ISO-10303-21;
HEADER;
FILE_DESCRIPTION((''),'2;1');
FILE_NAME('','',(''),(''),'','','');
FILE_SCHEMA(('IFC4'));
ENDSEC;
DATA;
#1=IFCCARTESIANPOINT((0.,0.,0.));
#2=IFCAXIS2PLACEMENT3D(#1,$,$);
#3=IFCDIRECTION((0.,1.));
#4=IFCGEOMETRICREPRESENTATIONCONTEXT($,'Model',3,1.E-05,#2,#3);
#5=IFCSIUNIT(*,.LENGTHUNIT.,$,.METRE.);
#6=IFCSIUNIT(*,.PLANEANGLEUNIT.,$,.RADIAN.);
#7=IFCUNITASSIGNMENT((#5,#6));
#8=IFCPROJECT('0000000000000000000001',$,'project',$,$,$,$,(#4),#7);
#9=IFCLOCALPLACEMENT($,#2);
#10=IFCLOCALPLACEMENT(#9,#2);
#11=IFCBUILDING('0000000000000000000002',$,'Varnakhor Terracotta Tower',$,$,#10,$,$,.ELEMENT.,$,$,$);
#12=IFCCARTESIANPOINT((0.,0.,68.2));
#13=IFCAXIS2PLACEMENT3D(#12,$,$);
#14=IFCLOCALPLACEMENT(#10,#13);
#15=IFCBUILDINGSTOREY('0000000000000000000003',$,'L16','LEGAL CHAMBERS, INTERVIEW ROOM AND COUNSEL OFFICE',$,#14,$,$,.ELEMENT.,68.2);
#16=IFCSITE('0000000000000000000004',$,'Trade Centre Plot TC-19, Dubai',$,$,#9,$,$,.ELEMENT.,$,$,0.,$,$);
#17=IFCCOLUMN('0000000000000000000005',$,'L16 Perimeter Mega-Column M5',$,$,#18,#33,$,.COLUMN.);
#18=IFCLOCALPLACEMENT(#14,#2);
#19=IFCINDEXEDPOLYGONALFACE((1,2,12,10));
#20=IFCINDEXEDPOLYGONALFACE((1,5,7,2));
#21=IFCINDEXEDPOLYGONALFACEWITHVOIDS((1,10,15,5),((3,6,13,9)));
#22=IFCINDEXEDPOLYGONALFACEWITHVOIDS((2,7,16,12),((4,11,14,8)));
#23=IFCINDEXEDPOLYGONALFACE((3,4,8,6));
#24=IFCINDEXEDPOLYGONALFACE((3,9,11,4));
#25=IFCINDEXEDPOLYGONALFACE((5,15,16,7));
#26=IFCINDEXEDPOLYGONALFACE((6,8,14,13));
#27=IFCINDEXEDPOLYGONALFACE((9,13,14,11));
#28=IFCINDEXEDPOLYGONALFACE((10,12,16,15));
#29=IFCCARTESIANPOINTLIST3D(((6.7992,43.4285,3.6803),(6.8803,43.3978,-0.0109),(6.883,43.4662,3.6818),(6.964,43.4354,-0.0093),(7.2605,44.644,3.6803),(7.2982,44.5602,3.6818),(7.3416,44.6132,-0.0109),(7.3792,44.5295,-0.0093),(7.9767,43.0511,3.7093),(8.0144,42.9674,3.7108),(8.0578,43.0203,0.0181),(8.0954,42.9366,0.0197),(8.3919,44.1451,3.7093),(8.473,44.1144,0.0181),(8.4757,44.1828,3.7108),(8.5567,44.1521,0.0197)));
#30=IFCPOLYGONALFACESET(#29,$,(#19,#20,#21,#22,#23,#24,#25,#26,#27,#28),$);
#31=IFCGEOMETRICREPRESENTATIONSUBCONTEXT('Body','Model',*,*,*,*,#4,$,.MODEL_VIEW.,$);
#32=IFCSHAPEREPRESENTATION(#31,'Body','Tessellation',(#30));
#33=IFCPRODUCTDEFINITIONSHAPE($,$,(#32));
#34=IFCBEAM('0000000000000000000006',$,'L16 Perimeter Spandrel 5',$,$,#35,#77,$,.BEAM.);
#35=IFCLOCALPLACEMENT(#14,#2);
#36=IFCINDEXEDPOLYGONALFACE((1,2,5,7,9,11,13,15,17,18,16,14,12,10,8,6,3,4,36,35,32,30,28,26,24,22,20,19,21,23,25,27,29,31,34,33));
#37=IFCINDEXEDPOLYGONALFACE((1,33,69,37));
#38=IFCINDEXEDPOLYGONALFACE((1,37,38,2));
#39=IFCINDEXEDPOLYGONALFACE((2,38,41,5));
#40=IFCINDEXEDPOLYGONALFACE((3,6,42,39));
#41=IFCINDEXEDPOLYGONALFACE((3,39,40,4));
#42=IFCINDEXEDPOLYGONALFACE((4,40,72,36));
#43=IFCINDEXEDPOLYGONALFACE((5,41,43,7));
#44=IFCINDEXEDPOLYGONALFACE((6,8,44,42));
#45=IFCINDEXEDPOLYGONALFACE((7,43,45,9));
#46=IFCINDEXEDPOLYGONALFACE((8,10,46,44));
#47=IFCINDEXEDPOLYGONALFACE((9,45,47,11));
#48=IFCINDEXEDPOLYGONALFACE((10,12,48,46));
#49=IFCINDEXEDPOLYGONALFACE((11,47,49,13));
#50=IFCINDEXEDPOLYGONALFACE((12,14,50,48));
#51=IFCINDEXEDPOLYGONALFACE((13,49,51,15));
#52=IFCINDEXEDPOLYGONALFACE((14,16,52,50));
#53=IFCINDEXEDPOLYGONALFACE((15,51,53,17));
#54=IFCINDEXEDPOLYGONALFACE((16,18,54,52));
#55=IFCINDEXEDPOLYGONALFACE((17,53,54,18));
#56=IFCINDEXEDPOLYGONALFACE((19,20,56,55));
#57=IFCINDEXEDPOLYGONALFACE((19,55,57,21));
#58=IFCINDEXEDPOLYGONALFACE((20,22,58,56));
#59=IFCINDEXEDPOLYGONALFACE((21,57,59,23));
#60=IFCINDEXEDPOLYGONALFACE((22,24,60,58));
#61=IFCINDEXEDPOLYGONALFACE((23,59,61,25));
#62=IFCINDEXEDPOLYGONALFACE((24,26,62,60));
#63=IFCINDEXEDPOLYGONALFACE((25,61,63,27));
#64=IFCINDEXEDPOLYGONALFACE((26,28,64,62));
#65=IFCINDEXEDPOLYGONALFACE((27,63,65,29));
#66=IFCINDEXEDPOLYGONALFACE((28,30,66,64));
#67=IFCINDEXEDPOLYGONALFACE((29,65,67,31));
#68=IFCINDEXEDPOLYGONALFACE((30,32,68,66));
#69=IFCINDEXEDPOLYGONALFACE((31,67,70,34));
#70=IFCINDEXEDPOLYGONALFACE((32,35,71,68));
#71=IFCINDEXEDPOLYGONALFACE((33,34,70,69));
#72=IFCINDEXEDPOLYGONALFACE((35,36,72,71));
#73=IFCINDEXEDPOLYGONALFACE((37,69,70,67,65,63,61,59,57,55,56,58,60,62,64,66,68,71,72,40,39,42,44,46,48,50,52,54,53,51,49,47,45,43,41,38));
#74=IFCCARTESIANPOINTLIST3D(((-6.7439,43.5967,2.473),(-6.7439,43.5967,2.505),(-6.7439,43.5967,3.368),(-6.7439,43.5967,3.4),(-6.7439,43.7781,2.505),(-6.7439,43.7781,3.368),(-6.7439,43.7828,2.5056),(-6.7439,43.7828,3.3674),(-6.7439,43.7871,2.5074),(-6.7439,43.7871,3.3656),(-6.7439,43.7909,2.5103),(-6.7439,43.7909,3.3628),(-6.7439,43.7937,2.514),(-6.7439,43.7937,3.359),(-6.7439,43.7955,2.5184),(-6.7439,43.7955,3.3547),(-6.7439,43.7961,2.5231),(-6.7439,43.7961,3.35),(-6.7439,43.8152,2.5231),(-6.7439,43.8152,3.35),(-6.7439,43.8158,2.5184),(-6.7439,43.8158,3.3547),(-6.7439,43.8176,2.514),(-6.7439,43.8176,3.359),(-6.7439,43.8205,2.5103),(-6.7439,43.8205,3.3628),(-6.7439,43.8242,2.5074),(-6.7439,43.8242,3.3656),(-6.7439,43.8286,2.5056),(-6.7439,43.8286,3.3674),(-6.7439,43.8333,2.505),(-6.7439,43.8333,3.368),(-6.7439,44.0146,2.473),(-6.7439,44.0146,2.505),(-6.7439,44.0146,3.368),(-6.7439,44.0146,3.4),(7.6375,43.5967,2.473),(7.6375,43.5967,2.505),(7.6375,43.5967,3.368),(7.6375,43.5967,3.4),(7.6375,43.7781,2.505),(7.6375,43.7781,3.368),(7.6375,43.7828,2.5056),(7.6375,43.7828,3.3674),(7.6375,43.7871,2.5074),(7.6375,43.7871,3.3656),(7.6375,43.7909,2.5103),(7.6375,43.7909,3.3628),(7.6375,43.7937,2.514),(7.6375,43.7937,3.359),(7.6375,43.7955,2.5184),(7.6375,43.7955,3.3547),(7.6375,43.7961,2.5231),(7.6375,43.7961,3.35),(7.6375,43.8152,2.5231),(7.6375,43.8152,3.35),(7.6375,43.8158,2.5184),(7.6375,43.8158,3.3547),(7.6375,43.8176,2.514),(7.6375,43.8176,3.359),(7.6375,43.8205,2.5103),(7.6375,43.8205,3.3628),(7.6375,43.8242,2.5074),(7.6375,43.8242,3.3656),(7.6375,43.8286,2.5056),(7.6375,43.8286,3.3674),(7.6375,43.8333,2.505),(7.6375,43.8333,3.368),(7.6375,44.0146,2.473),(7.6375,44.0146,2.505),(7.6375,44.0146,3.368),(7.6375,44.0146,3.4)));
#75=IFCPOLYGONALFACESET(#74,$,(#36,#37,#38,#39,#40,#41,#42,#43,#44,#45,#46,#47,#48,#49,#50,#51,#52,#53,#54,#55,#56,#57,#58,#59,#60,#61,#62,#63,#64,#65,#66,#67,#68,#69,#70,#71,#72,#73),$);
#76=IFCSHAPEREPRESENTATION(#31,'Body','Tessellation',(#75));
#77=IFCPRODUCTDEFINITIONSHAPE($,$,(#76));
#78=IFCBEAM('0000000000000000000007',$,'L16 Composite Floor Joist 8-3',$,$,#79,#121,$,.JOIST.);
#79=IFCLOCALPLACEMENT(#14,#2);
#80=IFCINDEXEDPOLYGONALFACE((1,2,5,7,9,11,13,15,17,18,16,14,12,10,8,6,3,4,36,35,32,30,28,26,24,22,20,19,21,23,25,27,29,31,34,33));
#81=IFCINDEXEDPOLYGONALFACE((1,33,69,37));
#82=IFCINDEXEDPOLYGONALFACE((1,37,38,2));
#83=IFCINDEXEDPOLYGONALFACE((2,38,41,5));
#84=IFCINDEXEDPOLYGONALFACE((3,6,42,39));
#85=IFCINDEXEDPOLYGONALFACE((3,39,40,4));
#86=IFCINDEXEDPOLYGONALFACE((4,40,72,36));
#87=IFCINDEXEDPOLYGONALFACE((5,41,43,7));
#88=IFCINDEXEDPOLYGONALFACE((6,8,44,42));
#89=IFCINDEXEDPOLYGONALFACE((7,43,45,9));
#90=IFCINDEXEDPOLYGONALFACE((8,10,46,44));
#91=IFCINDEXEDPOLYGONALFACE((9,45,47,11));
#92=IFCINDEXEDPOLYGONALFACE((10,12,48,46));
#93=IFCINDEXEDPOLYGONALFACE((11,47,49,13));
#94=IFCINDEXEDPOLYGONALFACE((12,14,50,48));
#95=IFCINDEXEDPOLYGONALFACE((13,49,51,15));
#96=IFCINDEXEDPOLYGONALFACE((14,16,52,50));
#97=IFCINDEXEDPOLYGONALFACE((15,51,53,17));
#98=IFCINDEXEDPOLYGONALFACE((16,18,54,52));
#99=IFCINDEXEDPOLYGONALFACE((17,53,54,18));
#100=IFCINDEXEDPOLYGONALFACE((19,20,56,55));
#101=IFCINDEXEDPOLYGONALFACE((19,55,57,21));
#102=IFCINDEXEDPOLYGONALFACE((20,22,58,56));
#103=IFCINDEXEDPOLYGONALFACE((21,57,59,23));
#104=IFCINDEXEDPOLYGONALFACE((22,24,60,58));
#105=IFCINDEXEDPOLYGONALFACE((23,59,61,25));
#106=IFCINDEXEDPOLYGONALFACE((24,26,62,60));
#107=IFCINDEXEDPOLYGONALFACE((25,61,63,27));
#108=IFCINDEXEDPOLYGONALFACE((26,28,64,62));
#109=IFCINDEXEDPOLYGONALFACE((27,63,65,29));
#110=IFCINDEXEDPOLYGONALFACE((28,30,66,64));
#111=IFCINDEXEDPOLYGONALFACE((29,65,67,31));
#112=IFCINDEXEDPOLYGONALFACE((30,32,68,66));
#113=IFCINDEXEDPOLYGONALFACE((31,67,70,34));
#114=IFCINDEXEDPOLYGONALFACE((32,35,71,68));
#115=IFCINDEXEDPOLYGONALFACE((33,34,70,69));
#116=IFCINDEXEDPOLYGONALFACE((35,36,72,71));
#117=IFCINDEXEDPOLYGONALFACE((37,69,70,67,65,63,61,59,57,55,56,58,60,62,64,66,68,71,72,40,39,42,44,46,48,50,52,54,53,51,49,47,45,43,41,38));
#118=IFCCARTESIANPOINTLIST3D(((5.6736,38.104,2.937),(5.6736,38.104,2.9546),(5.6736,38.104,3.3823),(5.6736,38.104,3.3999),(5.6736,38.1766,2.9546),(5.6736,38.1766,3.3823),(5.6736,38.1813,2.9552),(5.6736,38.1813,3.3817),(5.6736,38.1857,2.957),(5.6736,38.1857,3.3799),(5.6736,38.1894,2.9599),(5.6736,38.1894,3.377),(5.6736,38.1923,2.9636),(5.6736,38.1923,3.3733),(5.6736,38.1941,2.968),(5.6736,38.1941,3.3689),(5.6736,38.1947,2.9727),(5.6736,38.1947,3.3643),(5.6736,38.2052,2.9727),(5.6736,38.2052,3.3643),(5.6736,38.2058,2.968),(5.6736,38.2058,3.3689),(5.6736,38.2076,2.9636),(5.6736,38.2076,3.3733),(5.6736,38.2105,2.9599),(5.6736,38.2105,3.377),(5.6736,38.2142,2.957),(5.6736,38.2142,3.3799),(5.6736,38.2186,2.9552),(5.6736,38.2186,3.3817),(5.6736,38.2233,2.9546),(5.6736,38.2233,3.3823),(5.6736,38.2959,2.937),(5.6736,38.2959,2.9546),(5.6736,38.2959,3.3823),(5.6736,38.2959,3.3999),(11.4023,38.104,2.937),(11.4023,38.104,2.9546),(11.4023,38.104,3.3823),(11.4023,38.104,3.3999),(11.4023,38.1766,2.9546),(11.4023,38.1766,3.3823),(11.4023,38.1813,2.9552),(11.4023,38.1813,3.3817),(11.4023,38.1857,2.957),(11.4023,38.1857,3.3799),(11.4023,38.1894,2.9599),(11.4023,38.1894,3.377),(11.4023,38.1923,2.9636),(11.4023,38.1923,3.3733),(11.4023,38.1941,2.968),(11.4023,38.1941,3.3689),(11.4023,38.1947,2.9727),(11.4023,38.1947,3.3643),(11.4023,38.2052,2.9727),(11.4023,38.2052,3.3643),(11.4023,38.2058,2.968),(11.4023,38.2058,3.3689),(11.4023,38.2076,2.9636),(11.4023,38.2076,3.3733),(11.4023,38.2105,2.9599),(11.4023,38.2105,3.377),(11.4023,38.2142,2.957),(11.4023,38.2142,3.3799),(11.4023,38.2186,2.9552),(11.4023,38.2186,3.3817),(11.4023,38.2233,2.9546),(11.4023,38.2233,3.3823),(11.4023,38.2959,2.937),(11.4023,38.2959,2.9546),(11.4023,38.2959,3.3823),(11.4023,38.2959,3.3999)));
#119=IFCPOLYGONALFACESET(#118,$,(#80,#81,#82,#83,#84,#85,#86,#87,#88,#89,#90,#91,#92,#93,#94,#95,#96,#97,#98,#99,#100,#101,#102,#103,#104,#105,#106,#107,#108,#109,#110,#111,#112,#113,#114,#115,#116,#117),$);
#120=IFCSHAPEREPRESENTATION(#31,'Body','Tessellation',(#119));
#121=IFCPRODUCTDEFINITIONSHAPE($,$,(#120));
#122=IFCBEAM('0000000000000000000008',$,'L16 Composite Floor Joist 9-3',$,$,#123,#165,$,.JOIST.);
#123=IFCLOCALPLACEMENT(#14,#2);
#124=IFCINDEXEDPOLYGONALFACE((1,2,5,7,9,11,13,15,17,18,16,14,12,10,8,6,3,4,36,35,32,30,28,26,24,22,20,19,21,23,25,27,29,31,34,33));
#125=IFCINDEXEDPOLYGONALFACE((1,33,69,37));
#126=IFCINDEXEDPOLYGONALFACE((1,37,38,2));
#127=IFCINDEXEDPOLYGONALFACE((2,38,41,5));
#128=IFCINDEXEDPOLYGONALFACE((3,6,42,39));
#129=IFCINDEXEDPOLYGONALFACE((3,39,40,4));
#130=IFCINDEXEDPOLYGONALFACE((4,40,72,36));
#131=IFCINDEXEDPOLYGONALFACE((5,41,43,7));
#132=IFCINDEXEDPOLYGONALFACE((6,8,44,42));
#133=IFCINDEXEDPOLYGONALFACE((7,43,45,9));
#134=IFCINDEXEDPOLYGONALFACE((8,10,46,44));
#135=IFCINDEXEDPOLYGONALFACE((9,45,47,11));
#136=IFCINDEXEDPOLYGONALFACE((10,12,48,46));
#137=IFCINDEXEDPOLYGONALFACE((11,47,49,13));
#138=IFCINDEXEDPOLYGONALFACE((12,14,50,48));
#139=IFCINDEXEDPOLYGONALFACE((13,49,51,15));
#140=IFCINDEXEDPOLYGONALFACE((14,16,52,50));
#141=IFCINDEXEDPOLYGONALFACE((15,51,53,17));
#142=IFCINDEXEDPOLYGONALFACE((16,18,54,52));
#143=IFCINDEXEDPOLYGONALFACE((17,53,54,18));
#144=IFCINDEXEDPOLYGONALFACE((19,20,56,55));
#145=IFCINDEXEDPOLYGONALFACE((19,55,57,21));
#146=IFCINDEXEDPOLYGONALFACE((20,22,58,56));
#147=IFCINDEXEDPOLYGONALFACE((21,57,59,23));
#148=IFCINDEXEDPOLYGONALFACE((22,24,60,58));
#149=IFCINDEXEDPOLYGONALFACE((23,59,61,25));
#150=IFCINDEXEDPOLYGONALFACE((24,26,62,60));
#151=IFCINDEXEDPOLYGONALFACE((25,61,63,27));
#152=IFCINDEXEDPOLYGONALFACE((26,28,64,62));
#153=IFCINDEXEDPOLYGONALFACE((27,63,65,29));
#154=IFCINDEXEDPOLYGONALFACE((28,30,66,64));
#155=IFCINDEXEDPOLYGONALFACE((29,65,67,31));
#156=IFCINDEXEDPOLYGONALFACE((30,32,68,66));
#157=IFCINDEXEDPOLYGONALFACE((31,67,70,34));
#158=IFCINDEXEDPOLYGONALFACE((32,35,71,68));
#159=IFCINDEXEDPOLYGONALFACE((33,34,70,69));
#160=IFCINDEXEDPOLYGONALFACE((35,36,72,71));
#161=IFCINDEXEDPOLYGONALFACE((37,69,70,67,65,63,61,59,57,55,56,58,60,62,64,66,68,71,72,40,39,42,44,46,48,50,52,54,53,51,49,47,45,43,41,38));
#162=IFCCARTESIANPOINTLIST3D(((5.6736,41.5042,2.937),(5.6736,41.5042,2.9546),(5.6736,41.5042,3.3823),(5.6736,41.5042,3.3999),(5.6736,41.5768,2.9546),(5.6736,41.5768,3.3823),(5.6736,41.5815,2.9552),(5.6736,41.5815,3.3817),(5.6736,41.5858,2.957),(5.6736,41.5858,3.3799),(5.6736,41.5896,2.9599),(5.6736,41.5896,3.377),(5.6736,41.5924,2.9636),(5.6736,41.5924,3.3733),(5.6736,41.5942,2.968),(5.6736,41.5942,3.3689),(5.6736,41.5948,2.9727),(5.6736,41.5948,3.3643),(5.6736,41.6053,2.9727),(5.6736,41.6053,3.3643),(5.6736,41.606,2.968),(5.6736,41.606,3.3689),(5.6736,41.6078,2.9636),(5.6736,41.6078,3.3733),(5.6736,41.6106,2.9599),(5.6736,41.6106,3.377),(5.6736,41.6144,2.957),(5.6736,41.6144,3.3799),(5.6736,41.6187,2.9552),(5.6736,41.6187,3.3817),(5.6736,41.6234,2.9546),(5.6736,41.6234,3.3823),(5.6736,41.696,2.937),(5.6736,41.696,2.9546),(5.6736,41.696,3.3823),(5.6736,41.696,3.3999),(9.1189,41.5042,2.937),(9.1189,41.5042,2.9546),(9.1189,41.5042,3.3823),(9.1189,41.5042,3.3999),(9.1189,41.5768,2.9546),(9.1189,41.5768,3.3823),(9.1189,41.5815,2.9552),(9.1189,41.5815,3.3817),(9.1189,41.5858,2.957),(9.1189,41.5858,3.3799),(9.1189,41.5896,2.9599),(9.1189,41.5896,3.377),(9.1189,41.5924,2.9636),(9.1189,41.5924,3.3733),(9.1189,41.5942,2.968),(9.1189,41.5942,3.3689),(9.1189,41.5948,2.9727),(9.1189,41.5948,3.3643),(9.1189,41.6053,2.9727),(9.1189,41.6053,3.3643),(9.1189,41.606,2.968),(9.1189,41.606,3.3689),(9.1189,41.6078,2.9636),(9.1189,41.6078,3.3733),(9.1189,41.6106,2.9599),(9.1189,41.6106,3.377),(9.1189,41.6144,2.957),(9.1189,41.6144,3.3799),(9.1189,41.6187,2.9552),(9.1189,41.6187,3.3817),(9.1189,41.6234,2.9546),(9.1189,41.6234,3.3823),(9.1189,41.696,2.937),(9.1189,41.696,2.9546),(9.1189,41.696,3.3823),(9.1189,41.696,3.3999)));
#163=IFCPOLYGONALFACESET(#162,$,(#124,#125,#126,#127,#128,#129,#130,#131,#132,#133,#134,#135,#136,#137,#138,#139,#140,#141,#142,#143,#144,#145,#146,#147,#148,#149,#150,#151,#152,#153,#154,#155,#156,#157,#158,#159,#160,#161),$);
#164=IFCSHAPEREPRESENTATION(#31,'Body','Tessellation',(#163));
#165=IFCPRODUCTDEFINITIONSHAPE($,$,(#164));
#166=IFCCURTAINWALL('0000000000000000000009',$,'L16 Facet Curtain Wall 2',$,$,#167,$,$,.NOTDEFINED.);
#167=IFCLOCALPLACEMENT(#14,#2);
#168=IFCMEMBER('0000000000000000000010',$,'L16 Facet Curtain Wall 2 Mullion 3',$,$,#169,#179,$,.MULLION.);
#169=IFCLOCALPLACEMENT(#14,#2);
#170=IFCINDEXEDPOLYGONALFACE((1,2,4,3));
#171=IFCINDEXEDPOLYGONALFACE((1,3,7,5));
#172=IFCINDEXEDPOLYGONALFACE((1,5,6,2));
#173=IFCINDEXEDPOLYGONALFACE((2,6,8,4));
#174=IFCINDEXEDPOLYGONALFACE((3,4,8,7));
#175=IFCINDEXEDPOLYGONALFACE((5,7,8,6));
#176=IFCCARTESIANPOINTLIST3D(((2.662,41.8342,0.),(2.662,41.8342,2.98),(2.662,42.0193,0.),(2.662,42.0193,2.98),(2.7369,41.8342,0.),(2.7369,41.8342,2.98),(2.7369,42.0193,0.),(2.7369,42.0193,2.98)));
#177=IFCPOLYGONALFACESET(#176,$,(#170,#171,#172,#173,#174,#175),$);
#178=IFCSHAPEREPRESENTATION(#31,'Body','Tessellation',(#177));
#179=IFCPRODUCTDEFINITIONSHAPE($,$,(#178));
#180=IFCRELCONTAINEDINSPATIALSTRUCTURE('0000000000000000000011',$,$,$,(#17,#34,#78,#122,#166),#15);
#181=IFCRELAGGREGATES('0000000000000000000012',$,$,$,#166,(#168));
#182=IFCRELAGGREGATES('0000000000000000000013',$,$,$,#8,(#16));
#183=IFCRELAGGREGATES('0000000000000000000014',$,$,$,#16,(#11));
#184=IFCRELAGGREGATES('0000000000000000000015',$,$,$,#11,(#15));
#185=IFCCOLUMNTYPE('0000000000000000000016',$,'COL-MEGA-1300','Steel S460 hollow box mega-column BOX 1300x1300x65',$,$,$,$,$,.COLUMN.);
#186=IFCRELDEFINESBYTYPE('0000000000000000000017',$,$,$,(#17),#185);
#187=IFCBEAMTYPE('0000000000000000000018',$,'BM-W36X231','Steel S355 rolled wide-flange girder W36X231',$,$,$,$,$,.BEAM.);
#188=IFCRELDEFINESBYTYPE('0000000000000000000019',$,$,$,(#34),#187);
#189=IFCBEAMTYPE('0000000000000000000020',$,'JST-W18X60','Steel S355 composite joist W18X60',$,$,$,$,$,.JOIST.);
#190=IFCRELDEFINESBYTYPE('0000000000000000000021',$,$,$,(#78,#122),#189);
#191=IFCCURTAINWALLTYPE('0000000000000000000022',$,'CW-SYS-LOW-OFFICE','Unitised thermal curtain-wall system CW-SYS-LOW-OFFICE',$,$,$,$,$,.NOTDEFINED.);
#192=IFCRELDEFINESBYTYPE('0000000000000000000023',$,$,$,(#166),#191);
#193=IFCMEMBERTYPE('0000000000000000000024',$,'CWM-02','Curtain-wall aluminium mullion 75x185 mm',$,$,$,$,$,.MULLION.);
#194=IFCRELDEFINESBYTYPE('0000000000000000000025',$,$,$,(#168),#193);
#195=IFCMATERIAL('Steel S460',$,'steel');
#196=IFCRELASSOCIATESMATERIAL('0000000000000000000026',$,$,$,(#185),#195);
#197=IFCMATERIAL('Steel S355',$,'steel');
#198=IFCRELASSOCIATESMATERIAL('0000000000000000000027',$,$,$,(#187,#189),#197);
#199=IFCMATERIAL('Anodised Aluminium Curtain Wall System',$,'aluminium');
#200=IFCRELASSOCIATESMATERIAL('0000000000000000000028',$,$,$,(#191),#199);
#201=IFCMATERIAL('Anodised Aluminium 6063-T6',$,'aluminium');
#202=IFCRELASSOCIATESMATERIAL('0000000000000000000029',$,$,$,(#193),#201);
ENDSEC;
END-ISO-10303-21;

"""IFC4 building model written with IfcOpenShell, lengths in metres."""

from ifc_helpers import new_model, si_unit, direction, frame, origin, origin_2d, place, context, subcontext, project, spatial, rectangle, hollow_rectangle, i_section, extrude, source, transform, mapped, material, material_profile, profile_set, type_object, element, aggregate, save


model = new_model("IFC4")

# Units and contexts
model_context = context("Model", 3, precision=1e-05, world=origin(), true_north=direction((0.0, 1.0)))
body_context = subcontext(model_context, "Body", "Model", "MODEL_VIEW")
ifc_project = project(units=[si_unit("LENGTHUNIT", "METRE"), si_unit("PLANEANGLEUNIT", "RADIAN")], contexts=[model_context])

# Site, building, storey
site_placement = place(None, origin())
site = spatial("IfcSite", under=ifc_project, at=site_placement, Name="Trade Centre Plot TC-19, Dubai", CompositionType="ELEMENT", RefElevation=0.0)
building_placement = place(site_placement, origin())
building = spatial("IfcBuilding", under=site, at=building_placement, Name="Varnakhor Terracotta Tower", CompositionType="ELEMENT")
storey_placement = place(building_placement, frame((0.0, 0.0, 68.2)))
storey = spatial("IfcBuildingStorey", under=building, at=storey_placement, Name="L16", Description="LEGAL CHAMBERS, INTERVIEW ROOM AND COUNSEL OFFICE", CompositionType="ELEMENT", Elevation=68.2)

# Column
ifc_material_1 = material(Name="Steel S460", Category="steel")
ifc_material_profile_1 = material_profile(ifc_material_1, hollow_rectangle(XDim=1.3, YDim=1.3, WallThickness=0.0649, at=origin_2d()), Name="BOX 1300x1300x65")
ifc_profile_set_1 = profile_set([ifc_material_profile_1], Name="Steel S460")
column_type = type_object("IfcColumnType", Name="COL-MEGA-1300", Description="Steel S460 hollow box mega-column BOX 1300x1300x65", PredefinedType="COLUMN", material=ifc_profile_set_1)
shared_shape_1 = source(origin(), body_context, "Body", "SweptSolid", [
    extrude(hollow_rectangle(XDim=1.3, YDim=1.3, WallThickness=0.0649, at=origin_2d()), origin(), (0.0, 0.0, 1.0), 3.6921),
])
column_placement = place(storey_placement, frame((7.7185, 43.7749, 0.0044), z_axis=(-0.021953, 0.008332, 0.999724), x_axis=(-0.354824, -0.934933, 0.0)))
element("IfcColumn", 1, at=column_placement, inside=storey, type_object=column_type, Name="L16 Perimeter Mega-Column M5", PredefinedType="COLUMN", context=body_context, shape_type="MappedRepresentation", body=[
    mapped(shared_shape_1, transform((0.0, 0.0, 0.0), scale=1.0)),
])

# Beams
ifc_material_2 = material(Name="Steel S355", Category="steel")
ifc_material_profile_2 = material_profile(ifc_material_2, i_section(OverallWidth=0.418, OverallDepth=0.927, WebThickness=0.019, FlangeThickness=0.032, FilletRadius=0.0181, at=origin_2d()), Name="W36X231")
ifc_profile_set_2 = profile_set([ifc_material_profile_2], Name="Steel S355")
beam_type_1 = type_object("IfcBeamType", Name="BM-W36X231", Description="Steel S355 rolled wide-flange girder W36X231", PredefinedType="BEAM", material=ifc_profile_set_2)
shared_shape_2 = source(origin(), body_context, "Body", "SweptSolid", [
    extrude(i_section(OverallWidth=0.418, OverallDepth=0.927, WebThickness=0.019, FlangeThickness=0.032, FilletRadius=0.0181, at=origin_2d()), origin(), (0.0, 0.0, 1.0), 14.3813),
])
beam_1_placement = place(storey_placement, frame((7.6375, 43.8057, 2.9365), z_axis=(-1.0, 0.0, 0.0), x_axis=(0.0, -1.0, 0.0)))
element("IfcBeam", 2, at=beam_1_placement, inside=storey, type_object=beam_type_1, Name="L16 Perimeter Spandrel 5", PredefinedType="BEAM", context=body_context, shape_type="MappedRepresentation", body=[
    mapped(shared_shape_2, transform((0.0, 0.0, 0.0), scale=1.0)),
])
ifc_material_profile_3 = material_profile(ifc_material_2, i_section(OverallWidth=0.1919, OverallDepth=0.4629, WebThickness=0.0105, FlangeThickness=0.0176, FilletRadius=0.0181, at=origin_2d()), Name="W18X60")
ifc_profile_set_3 = profile_set([ifc_material_profile_3], Name="Steel S355")
beam_type_2 = type_object("IfcBeamType", Name="JST-W18X60", Description="Steel S355 composite joist W18X60", PredefinedType="JOIST", material=ifc_profile_set_3)
shared_shape_3 = source(origin(), body_context, "Body", "SweptSolid", [
    extrude(i_section(OverallWidth=0.1919, OverallDepth=0.4629, WebThickness=0.0105, FlangeThickness=0.0176, FilletRadius=0.0181, at=origin_2d()), origin(), (0.0, 0.0, 1.0), 5.7288),
])
beam_2_placement = place(storey_placement, frame((5.6736, 38.2, 3.1685), z_axis=(1.0, 0.0, 0.0), x_axis=(0.0, 1.0, 0.0)))
element("IfcBeam", 3, at=beam_2_placement, inside=storey, type_object=beam_type_2, Name="L16 Composite Floor Joist 8-3", PredefinedType="JOIST", context=body_context, shape_type="MappedRepresentation", body=[
    mapped(shared_shape_3, transform((0.0, 0.0, 0.0), scale=1.0)),
])
shared_shape_4 = source(origin(), body_context, "Body", "SweptSolid", [
    extrude(i_section(OverallWidth=0.1919, OverallDepth=0.4629, WebThickness=0.0105, FlangeThickness=0.0176, FilletRadius=0.0181, at=origin_2d()), origin(), (0.0, 0.0, 1.0), 3.4453),
])
beam_3_placement = place(storey_placement, frame((5.6736, 41.6001, 3.1685), z_axis=(1.0, 0.0, 0.0), x_axis=(0.0, 1.0, 0.0)))
element("IfcBeam", 4, at=beam_3_placement, inside=storey, type_object=beam_type_2, Name="L16 Composite Floor Joist 9-3", PredefinedType="JOIST", context=body_context, shape_type="MappedRepresentation", body=[
    mapped(shared_shape_4, transform((0.0, 0.0, 0.0), scale=1.0)),
])

# Curtain wall, member
ifc_material_3 = material(Name="Anodised Aluminium Curtain Wall System", Category="aluminium")
curtain_wall_type = type_object("IfcCurtainWallType", Name="CW-SYS-LOW-OFFICE", Description="Unitised thermal curtain-wall system CW-SYS-LOW-OFFICE", PredefinedType="NOTDEFINED", material=ifc_material_3)
curtain_wall_1_placement = place(storey_placement, origin())
curtain_wall_1 = element("IfcCurtainWall", 5, at=curtain_wall_1_placement, inside=storey, type_object=curtain_wall_type, Name="L16 Facet Curtain Wall 2", PredefinedType="NOTDEFINED")
ifc_material_4 = material(Name="Anodised Aluminium 6063-T6", Category="aluminium")
ifc_material_profile_4 = material_profile(ifc_material_4, rectangle(XDim=0.075, YDim=0.1851, at=origin_2d()), Name="ALU MULLION 75x185")
ifc_profile_set_4 = profile_set([ifc_material_profile_4], Name="Anodised Aluminium 6063-T6")
member_type_1 = type_object("IfcMemberType", Name="CWM-02", Description="Curtain-wall aluminium mullion 75x185 mm", PredefinedType="MULLION", material=ifc_profile_set_4)
shared_shape_5 = source(origin(), body_context, "Body", "SweptSolid", [
    extrude(rectangle(XDim=0.075, YDim=0.1851, at=origin_2d()), origin(), (0.0, 0.0, 1.0), 2.98),
])
member_1_placement = place(storey_placement, frame((2.6995, 41.9268, 0.0), z_axis=(0.0, 0.0, 1.0), x_axis=(1.0, 0.0, 0.0)))
member_1 = element("IfcMember", 6, at=member_1_placement, type_object=member_type_1, Name="L16 Facet Curtain Wall 2 Mullion 3", PredefinedType="MULLION", context=body_context, shape_type="MappedRepresentation", body=[
    mapped(shared_shape_5, transform((0.0, 0.0, 0.0), scale=1.0)),
])

aggregate(curtain_wall_1, [member_1])

save(model, "model.ifc")
